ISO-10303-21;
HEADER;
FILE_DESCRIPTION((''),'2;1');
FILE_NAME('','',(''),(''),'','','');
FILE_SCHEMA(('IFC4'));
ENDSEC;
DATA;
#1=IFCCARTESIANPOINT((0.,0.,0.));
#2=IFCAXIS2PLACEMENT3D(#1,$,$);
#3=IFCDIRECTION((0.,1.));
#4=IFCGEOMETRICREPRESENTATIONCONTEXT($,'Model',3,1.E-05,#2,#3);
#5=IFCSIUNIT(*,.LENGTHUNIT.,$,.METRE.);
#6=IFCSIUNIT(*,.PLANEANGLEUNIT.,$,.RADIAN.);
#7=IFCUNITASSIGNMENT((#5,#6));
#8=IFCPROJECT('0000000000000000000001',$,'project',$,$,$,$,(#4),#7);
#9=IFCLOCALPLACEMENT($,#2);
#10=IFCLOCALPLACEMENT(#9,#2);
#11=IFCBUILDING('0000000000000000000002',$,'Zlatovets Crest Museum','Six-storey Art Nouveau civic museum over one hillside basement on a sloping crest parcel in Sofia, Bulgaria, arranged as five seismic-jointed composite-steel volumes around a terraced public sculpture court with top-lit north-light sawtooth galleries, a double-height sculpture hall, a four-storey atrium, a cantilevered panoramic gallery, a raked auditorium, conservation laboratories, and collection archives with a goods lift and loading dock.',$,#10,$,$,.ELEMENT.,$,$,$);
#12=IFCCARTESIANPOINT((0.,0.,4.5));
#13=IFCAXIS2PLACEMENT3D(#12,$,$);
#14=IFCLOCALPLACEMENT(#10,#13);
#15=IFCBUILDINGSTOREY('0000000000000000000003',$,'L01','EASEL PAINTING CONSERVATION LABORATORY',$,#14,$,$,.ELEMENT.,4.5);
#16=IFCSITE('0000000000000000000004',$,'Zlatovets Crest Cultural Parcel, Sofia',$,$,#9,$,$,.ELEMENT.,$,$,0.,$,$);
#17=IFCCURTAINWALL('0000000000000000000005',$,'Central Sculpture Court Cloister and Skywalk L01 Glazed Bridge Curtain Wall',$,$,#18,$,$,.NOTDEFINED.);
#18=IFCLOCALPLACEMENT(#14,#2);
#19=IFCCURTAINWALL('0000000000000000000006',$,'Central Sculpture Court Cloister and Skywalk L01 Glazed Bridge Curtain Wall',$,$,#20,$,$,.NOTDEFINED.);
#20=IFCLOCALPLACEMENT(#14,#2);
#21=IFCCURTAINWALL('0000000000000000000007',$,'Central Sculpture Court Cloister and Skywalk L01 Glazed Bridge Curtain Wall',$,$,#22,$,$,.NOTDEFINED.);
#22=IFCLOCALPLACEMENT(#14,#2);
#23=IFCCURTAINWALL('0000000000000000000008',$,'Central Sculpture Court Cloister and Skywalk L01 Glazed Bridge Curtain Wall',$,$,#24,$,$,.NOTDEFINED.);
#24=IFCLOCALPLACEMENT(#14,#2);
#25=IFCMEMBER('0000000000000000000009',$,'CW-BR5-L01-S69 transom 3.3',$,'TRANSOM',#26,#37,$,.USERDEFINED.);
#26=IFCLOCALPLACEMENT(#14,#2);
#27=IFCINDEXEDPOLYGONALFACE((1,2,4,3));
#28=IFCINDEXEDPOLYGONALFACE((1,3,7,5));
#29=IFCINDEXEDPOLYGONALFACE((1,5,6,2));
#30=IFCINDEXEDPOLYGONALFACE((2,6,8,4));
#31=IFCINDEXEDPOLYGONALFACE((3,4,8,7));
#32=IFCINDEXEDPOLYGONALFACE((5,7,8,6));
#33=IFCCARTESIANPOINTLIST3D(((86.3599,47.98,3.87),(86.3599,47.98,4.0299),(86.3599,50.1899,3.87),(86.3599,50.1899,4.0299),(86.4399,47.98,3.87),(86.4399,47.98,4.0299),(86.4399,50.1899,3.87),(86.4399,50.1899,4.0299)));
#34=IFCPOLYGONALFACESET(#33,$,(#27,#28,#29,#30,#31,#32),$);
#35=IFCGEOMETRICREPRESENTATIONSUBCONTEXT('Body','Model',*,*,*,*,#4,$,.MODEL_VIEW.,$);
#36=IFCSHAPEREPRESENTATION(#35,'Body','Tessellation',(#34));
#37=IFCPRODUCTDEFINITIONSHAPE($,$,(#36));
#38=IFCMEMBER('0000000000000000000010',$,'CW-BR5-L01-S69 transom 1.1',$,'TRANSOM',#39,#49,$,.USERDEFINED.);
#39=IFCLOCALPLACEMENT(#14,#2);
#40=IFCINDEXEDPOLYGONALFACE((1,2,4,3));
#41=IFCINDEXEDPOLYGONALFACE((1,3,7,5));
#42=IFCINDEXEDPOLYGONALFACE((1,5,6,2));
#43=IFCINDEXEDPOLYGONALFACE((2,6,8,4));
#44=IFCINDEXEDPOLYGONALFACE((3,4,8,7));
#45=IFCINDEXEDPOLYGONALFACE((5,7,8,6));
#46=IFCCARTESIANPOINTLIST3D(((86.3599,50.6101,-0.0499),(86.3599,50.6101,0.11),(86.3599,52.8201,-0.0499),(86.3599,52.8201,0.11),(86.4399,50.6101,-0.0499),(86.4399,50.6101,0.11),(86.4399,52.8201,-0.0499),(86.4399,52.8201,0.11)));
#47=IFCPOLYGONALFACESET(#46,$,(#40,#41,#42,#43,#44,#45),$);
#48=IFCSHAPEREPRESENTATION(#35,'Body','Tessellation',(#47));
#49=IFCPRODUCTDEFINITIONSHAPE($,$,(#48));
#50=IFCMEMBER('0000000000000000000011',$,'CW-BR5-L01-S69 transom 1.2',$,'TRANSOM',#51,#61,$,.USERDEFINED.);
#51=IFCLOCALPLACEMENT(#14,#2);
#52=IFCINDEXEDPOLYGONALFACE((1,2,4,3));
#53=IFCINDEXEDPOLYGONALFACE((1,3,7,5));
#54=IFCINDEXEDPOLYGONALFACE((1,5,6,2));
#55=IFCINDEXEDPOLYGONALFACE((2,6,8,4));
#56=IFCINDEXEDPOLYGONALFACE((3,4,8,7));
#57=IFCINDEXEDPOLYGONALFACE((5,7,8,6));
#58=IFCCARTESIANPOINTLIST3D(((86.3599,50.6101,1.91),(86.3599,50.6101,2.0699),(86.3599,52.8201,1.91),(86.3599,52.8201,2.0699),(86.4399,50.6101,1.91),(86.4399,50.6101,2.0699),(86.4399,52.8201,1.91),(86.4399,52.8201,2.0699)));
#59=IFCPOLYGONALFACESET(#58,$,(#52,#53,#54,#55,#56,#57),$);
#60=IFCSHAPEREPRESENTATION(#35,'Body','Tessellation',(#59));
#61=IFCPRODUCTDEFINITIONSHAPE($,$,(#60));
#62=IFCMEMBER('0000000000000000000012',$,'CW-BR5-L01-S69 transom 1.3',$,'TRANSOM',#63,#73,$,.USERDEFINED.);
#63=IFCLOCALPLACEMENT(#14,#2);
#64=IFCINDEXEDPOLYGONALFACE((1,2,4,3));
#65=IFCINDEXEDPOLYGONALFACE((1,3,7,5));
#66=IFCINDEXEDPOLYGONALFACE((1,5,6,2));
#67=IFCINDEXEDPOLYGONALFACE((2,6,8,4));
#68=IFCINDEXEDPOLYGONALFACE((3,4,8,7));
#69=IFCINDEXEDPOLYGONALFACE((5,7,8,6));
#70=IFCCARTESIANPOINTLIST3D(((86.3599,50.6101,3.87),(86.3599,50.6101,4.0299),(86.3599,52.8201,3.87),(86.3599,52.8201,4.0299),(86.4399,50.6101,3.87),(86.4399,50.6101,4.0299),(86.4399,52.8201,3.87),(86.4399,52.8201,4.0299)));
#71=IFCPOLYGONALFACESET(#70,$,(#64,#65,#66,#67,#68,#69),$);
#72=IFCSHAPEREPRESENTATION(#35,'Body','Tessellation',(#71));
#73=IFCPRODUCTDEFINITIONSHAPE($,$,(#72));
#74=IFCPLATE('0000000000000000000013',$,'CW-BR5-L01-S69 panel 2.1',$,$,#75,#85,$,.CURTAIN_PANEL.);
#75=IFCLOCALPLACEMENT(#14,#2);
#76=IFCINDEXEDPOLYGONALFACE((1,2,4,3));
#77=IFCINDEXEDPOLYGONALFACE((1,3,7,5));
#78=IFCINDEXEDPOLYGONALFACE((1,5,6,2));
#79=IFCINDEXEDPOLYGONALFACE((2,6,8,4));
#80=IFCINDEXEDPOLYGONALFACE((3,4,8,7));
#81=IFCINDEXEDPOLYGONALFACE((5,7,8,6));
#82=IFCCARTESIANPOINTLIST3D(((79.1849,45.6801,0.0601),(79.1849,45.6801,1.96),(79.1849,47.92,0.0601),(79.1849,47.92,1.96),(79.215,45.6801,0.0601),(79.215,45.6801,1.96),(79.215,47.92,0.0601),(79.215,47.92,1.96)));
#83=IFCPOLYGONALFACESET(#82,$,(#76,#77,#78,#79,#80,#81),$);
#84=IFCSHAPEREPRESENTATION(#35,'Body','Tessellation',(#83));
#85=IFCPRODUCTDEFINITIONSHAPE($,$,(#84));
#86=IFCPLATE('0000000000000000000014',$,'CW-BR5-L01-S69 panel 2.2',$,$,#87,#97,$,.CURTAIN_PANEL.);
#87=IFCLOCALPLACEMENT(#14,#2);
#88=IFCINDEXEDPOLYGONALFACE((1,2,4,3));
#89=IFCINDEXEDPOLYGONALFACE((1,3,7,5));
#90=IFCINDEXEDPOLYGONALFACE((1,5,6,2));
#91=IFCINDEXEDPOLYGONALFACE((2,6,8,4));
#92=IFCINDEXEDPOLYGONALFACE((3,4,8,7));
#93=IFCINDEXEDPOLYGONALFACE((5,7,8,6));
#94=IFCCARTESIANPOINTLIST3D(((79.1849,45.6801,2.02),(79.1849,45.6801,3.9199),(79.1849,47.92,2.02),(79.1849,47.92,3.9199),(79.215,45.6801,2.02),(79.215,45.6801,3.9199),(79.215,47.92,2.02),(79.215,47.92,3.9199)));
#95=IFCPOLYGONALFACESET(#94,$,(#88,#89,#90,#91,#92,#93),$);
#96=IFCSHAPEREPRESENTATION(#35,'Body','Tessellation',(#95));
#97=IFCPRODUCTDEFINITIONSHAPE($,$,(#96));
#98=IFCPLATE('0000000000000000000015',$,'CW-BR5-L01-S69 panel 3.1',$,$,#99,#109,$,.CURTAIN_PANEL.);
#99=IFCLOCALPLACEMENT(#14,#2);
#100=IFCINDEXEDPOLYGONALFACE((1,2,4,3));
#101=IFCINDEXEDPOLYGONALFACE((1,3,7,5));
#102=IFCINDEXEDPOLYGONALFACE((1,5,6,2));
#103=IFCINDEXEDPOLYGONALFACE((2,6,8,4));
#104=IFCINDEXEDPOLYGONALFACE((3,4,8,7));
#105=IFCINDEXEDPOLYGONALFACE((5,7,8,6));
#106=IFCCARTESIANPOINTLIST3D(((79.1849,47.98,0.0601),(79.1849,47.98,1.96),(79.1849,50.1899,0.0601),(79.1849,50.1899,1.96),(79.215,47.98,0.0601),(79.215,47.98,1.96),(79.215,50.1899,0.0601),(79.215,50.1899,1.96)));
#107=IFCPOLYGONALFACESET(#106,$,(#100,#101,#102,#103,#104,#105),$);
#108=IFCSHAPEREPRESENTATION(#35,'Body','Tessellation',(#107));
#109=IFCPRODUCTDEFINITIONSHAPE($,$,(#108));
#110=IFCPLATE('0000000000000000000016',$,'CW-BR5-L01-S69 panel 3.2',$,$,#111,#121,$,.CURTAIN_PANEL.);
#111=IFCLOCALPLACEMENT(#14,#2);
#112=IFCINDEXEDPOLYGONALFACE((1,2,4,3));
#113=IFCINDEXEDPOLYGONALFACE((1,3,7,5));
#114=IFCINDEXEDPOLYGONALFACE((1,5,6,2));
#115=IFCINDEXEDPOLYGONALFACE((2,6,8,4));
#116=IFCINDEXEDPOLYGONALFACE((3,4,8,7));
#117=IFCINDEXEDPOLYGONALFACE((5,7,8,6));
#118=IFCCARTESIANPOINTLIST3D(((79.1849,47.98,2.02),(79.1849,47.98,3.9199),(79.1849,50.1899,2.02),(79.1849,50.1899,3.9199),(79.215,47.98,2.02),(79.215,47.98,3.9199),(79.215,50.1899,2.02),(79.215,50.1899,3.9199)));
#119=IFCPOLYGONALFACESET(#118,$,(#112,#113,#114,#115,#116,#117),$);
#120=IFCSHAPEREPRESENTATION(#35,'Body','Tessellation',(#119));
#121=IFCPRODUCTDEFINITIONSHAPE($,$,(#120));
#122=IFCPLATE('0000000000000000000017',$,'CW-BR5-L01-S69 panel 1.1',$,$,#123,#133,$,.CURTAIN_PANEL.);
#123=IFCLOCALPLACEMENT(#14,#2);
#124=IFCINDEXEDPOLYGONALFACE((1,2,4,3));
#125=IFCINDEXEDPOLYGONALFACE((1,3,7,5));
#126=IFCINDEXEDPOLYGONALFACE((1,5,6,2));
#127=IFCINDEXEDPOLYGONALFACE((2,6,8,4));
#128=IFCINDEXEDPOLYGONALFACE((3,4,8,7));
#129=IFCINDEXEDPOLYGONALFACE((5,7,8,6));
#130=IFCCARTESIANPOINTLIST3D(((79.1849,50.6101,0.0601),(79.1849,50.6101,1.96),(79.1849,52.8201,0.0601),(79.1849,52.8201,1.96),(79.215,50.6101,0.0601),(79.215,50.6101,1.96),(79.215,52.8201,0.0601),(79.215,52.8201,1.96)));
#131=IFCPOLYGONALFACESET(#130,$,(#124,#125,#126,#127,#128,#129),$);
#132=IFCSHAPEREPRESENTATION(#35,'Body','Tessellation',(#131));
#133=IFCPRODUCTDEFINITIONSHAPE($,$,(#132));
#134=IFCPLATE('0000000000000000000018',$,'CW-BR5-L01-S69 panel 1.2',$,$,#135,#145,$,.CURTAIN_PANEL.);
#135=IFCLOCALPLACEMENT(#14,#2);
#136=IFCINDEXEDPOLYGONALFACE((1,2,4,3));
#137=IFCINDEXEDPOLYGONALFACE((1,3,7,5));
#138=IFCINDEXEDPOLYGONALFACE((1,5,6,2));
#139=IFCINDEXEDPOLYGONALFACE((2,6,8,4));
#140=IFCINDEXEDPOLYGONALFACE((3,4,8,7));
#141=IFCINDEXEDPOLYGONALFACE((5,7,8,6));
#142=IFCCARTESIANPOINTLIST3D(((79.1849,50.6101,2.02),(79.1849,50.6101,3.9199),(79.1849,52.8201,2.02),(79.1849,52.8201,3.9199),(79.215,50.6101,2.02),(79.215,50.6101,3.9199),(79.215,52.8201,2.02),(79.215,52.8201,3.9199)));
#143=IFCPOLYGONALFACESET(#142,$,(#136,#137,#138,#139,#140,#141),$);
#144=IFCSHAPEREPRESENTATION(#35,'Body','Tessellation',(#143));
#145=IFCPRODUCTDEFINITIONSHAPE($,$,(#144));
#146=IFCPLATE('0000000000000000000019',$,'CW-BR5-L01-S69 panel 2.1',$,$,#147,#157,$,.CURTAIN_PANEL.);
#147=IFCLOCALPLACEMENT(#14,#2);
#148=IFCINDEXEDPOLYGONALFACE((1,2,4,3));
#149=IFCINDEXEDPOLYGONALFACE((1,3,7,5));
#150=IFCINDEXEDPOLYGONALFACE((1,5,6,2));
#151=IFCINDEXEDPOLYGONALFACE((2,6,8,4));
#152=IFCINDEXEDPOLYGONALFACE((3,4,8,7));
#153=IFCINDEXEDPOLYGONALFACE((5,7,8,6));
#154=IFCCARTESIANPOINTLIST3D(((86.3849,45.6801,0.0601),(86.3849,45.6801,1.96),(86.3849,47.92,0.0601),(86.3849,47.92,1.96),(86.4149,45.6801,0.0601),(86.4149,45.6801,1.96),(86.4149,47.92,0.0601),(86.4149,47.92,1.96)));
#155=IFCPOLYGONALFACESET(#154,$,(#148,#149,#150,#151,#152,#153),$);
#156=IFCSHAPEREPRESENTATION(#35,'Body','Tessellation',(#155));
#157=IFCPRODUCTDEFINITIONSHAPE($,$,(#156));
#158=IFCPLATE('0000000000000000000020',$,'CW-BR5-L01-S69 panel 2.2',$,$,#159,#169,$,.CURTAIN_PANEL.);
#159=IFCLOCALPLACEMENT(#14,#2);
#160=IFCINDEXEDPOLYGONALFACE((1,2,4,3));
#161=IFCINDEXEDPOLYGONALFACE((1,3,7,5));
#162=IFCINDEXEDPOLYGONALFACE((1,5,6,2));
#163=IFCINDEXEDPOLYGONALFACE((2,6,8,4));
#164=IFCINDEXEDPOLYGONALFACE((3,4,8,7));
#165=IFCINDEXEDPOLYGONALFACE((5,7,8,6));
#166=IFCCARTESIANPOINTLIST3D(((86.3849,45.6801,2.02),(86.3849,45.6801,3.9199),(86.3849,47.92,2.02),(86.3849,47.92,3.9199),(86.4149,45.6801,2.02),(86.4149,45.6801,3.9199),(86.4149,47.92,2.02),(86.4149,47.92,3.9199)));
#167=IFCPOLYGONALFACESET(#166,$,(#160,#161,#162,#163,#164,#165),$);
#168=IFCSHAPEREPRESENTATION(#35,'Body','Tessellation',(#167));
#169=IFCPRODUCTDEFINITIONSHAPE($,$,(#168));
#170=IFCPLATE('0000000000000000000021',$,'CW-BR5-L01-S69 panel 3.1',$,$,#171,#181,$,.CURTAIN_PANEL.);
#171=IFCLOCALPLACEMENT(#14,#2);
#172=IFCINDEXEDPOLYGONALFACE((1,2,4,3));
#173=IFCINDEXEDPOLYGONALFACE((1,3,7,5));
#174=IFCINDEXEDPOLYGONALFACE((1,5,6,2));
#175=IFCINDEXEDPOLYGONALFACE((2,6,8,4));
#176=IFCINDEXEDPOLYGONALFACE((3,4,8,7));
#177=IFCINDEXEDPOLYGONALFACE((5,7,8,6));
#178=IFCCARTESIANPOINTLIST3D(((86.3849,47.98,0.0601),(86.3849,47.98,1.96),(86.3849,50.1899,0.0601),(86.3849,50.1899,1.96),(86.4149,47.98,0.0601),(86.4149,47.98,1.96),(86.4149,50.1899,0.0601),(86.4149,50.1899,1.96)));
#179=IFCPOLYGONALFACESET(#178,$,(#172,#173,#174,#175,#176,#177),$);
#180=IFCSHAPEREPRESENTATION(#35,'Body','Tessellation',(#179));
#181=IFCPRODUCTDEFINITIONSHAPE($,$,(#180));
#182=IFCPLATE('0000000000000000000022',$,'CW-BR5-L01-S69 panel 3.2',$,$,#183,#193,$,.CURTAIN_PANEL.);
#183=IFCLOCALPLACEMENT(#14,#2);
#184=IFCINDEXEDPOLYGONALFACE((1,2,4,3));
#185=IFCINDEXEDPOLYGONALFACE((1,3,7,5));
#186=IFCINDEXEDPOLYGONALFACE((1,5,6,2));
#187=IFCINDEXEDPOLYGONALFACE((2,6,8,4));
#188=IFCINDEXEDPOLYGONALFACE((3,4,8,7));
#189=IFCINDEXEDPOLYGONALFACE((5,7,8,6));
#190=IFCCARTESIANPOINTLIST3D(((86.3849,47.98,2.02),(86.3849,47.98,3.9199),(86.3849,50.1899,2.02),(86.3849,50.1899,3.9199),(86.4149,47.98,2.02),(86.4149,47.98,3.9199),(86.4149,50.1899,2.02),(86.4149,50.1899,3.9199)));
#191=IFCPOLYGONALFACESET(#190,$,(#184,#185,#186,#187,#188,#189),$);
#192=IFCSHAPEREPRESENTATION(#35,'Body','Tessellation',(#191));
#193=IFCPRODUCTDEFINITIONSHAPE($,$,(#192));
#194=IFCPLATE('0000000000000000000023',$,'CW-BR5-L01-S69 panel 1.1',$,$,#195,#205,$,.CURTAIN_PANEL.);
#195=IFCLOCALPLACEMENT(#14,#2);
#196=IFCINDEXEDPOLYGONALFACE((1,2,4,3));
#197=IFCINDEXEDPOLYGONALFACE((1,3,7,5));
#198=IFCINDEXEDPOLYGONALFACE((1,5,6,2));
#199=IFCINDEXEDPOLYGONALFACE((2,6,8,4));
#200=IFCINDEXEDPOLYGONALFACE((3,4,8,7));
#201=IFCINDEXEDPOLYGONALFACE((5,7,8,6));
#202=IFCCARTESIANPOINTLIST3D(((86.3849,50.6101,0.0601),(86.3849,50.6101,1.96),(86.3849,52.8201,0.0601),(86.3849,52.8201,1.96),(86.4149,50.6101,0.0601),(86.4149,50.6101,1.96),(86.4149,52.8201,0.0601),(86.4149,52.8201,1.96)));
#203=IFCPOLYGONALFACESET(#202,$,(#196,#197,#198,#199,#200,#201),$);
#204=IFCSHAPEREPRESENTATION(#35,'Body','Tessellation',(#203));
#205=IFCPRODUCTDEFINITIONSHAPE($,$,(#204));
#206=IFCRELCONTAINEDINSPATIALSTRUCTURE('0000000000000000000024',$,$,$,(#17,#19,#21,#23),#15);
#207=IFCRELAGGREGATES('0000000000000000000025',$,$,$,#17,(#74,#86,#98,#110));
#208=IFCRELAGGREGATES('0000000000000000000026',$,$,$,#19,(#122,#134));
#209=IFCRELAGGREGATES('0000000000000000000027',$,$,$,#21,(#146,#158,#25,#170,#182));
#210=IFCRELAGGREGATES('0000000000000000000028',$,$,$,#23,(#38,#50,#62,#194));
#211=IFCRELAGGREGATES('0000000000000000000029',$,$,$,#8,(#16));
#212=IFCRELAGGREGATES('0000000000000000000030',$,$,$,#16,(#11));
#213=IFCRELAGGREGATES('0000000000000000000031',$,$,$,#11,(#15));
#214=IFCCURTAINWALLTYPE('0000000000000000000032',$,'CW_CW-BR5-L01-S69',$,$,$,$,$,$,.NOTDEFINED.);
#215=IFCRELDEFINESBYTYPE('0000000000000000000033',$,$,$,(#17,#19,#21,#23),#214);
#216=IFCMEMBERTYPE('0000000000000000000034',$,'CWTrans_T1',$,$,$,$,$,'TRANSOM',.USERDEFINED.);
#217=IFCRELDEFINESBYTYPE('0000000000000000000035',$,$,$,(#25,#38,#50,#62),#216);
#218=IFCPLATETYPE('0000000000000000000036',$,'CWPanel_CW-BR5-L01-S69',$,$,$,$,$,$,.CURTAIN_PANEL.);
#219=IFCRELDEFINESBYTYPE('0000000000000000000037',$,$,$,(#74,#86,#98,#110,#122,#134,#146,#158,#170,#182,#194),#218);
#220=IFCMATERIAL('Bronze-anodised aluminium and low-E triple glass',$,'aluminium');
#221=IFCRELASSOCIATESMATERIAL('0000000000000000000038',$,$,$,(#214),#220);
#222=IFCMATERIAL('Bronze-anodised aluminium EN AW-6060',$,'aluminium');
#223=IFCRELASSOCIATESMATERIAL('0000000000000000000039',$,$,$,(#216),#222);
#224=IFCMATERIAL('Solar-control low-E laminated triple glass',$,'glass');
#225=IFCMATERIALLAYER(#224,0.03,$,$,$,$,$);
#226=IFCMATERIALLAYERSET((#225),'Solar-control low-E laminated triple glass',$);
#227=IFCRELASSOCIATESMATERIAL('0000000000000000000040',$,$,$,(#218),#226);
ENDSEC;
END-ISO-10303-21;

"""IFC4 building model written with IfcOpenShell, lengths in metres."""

from ifc_helpers import new_model, si_unit, direction, frame, origin, origin_2d, place, context, subcontext, project, spatial, rectangle, extrude, material, layer, layer_set, material_profile, profile_set, type_object, element, aggregate, save


model = new_model("IFC4")

# Units and contexts
model_context = context("Model", 3, precision=1e-05, world=origin(), true_north=direction((0.0, 1.0)))
body_context = subcontext(model_context, "Body", "Model", "MODEL_VIEW")
ifc_project = project(units=[si_unit("LENGTHUNIT", "METRE"), si_unit("PLANEANGLEUNIT", "RADIAN")], contexts=[model_context])

# Site, building, storey
site_placement = place(None, origin())
site = spatial("IfcSite", under=ifc_project, at=site_placement, Name="Zlatovets Crest Cultural Parcel, Sofia", CompositionType="ELEMENT", RefElevation=0.0)
building_placement = place(site_placement, origin())
building = spatial("IfcBuilding", under=site, at=building_placement, Name="Zlatovets Crest Museum", Description="Six-storey Art Nouveau civic museum over one hillside basement on a sloping crest parcel in Sofia, Bulgaria, arranged as five seismic-jointed composite-steel volumes around a terraced public sculpture court with top-lit north-light sawtooth galleries, a double-height sculpture hall, a four-storey atrium, a cantilevered panoramic gallery, a raked auditorium, conservation laboratories, and collection archives with a goods lift and loading dock.", CompositionType="ELEMENT")
storey_placement = place(building_placement, frame((0.0, 0.0, 4.5)))
storey = spatial("IfcBuildingStorey", under=building, at=storey_placement, Name="L01", Description="EASEL PAINTING CONSERVATION LABORATORY", CompositionType="ELEMENT", Elevation=4.5)

# Curtain walls
ifc_material_1 = material(Name="Bronze-anodised aluminium and low-E triple glass", Category="aluminium")
curtain_wall_type = type_object("IfcCurtainWallType", Name="CW_CW-BR5-L01-S69", PredefinedType="NOTDEFINED", material=ifc_material_1)
curtain_wall_1_placement = place(storey_placement, origin())
curtain_wall_1 = element("IfcCurtainWall", 1, at=curtain_wall_1_placement, inside=storey, type_object=curtain_wall_type, Name="Central Sculpture Court Cloister and Skywalk L01 Glazed Bridge Curtain Wall", PredefinedType="NOTDEFINED")
ifc_material_2 = material(Name="Bronze-anodised aluminium EN AW-6060", Category="aluminium")
curtain_wall_2_placement = place(storey_placement, origin())
curtain_wall_2 = element("IfcCurtainWall", 2, at=curtain_wall_2_placement, inside=storey, type_object=curtain_wall_type, Name="Central Sculpture Court Cloister and Skywalk L01 Glazed Bridge Curtain Wall", PredefinedType="NOTDEFINED")
curtain_wall_3_placement = place(storey_placement, origin())
curtain_wall_3 = element("IfcCurtainWall", 3, at=curtain_wall_3_placement, inside=storey, type_object=curtain_wall_type, Name="Central Sculpture Court Cloister and Skywalk L01 Glazed Bridge Curtain Wall", PredefinedType="NOTDEFINED")

# Curtain wall
curtain_wall_4_placement = place(storey_placement, origin())
curtain_wall_4 = element("IfcCurtainWall", 4, at=curtain_wall_4_placement, inside=storey, type_object=curtain_wall_type, Name="Central Sculpture Court Cloister and Skywalk L01 Glazed Bridge Curtain Wall", PredefinedType="NOTDEFINED")

# Members
ifc_material_profile_1 = material_profile(ifc_material_2, rectangle(XDim=0.0801, YDim=0.1599, at=origin_2d()), Name="ALU 80x160")
ifc_profile_set_1 = profile_set([ifc_material_profile_1], Name="Bronze-anodised aluminium EN AW-6060")
member_type_1 = type_object("IfcMemberType", Name="CWTrans_T1", ElementType="TRANSOM", PredefinedType="USERDEFINED", material=ifc_profile_set_1)
member_1_placement = place(storey_placement, frame((86.3999, 47.98, 3.95), z_axis=(0.0, 1.0, 0.0), x_axis=(-1.0, 0.0, 0.0)))
member_1 = element("IfcMember", 5, at=member_1_placement, type_object=member_type_1, Name="CW-BR5-L01-S69 transom 3.3", ObjectType="TRANSOM", PredefinedType="USERDEFINED", context=body_context, shape_type="SweptSolid", body=[
    extrude(rectangle(XDim=0.0801, YDim=0.1599, at=origin_2d()), origin(), (0.0, 0.0, 1.0), 2.21),
])
member_2_placement = place(storey_placement, frame((86.3999, 50.6101, 0.03), z_axis=(0.0, 1.0, 0.0), x_axis=(-1.0, 0.0, 0.0)))
member_2 = element("IfcMember", 6, at=member_2_placement, type_object=member_type_1, Name="CW-BR5-L01-S69 transom 1.1", ObjectType="TRANSOM", PredefinedType="USERDEFINED", context=body_context, shape_type="SweptSolid", body=[
    extrude(rectangle(XDim=0.0801, YDim=0.1599, at=origin_2d()), origin(), (0.0, 0.0, 1.0), 2.21),
])
member_3_placement = place(storey_placement, frame((86.3999, 50.6101, 1.99), z_axis=(0.0, 1.0, 0.0), x_axis=(-1.0, 0.0, 0.0)))
member_3 = element("IfcMember", 7, at=member_3_placement, type_object=member_type_1, Name="CW-BR5-L01-S69 transom 1.2", ObjectType="TRANSOM", PredefinedType="USERDEFINED", context=body_context, shape_type="SweptSolid", body=[
    extrude(rectangle(XDim=0.0801, YDim=0.1599, at=origin_2d()), origin(), (0.0, 0.0, 1.0), 2.21),
])
member_4_placement = place(storey_placement, frame((86.3999, 50.6101, 3.95), z_axis=(0.0, 1.0, 0.0), x_axis=(-1.0, 0.0, 0.0)))
member_4 = element("IfcMember", 8, at=member_4_placement, type_object=member_type_1, Name="CW-BR5-L01-S69 transom 1.3", ObjectType="TRANSOM", PredefinedType="USERDEFINED", context=body_context, shape_type="SweptSolid", body=[
    extrude(rectangle(XDim=0.0801, YDim=0.1599, at=origin_2d()), origin(), (0.0, 0.0, 1.0), 2.21),
])

# Plates
ifc_material_3 = material(Name="Solar-control low-E laminated triple glass", Category="glass")
ifc_layer = layer(ifc_material_3, 0.03)
ifc_layer_set = layer_set([ifc_layer], Name="Solar-control low-E laminated triple glass")
plate_type = type_object("IfcPlateType", Name="CWPanel_CW-BR5-L01-S69", PredefinedType="CURTAIN_PANEL", material=ifc_layer_set)
plate_1_placement = place(storey_placement, frame((79.2, 46.8, 0.0601), z_axis=(0.0, 0.0, 1.0), x_axis=(0.0, 1.0, 0.0)))
plate_1 = element("IfcPlate", 9, at=plate_1_placement, type_object=plate_type, Name="CW-BR5-L01-S69 panel 2.1", PredefinedType="CURTAIN_PANEL", context=body_context, shape_type="SweptSolid", body=[
    extrude(rectangle(XDim=2.24, YDim=0.03, at=origin_2d()), origin(), (0.0, 0.0, 1.0), 1.8999),
])
plate_2_placement = place(storey_placement, frame((79.2, 46.8, 2.02), z_axis=(0.0, 0.0, 1.0), x_axis=(0.0, 1.0, 0.0)))
plate_2 = element("IfcPlate", 10, at=plate_2_placement, type_object=plate_type, Name="CW-BR5-L01-S69 panel 2.2", PredefinedType="CURTAIN_PANEL", context=body_context, shape_type="SweptSolid", body=[
    extrude(rectangle(XDim=2.24, YDim=0.03, at=origin_2d()), origin(), (0.0, 0.0, 1.0), 1.8999),
])
plate_3_placement = place(storey_placement, frame((79.2, 49.085, 0.0601), z_axis=(0.0, 0.0, 1.0), x_axis=(0.0, 1.0, 0.0)))
plate_3 = element("IfcPlate", 11, at=plate_3_placement, type_object=plate_type, Name="CW-BR5-L01-S69 panel 3.1", PredefinedType="CURTAIN_PANEL", context=body_context, shape_type="SweptSolid", body=[
    extrude(rectangle(XDim=2.21, YDim=0.03, at=origin_2d()), origin(), (0.0, 0.0, 1.0), 1.8999),
])
plate_4_placement = place(storey_placement, frame((79.2, 49.085, 2.02), z_axis=(0.0, 0.0, 1.0), x_axis=(0.0, 1.0, 0.0)))
plate_4 = element("IfcPlate", 12, at=plate_4_placement, type_object=plate_type, Name="CW-BR5-L01-S69 panel 3.2", PredefinedType="CURTAIN_PANEL", context=body_context, shape_type="SweptSolid", body=[
    extrude(rectangle(XDim=2.21, YDim=0.03, at=origin_2d()), origin(), (0.0, 0.0, 1.0), 1.8999),
])
aggregate(curtain_wall_1, [plate_1, plate_2, plate_3, plate_4])
plate_5_placement = place(storey_placement, frame((79.2, 51.7151, 0.0601), z_axis=(0.0, 0.0, 1.0), x_axis=(0.0, 1.0, 0.0)))
plate_5 = element("IfcPlate", 13, at=plate_5_placement, type_object=plate_type, Name="CW-BR5-L01-S69 panel 1.1", PredefinedType="CURTAIN_PANEL", context=body_context, shape_type="SweptSolid", body=[
    extrude(rectangle(XDim=2.21, YDim=0.03, at=origin_2d()), origin(), (0.0, 0.0, 1.0), 1.8999),
])
plate_6_placement = place(storey_placement, frame((79.2, 51.7151, 2.02), z_axis=(0.0, 0.0, 1.0), x_axis=(0.0, 1.0, 0.0)))
plate_6 = element("IfcPlate", 14, at=plate_6_placement, type_object=plate_type, Name="CW-BR5-L01-S69 panel 1.2", PredefinedType="CURTAIN_PANEL", context=body_context, shape_type="SweptSolid", body=[
    extrude(rectangle(XDim=2.21, YDim=0.03, at=origin_2d()), origin(), (0.0, 0.0, 1.0), 1.8999),
])
aggregate(curtain_wall_2, [plate_5, plate_6])
plate_7_placement = place(storey_placement, frame((86.3999, 46.8, 0.0601), z_axis=(0.0, 0.0, 1.0), x_axis=(0.0, 1.0, 0.0)))
plate_7 = element("IfcPlate", 15, at=plate_7_placement, type_object=plate_type, Name="CW-BR5-L01-S69 panel 2.1", PredefinedType="CURTAIN_PANEL", context=body_context, shape_type="SweptSolid", body=[
    extrude(rectangle(XDim=2.24, YDim=0.03, at=origin_2d()), origin(), (0.0, 0.0, 1.0), 1.8999),
])
plate_8_placement = place(storey_placement, frame((86.3999, 46.8, 2.02), z_axis=(0.0, 0.0, 1.0), x_axis=(0.0, 1.0, 0.0)))
plate_8 = element("IfcPlate", 16, at=plate_8_placement, type_object=plate_type, Name="CW-BR5-L01-S69 panel 2.2", PredefinedType="CURTAIN_PANEL", context=body_context, shape_type="SweptSolid", body=[
    extrude(rectangle(XDim=2.24, YDim=0.03, at=origin_2d()), origin(), (0.0, 0.0, 1.0), 1.8999),
])
plate_9_placement = place(storey_placement, frame((86.3999, 49.085, 0.0601), z_axis=(0.0, 0.0, 1.0), x_axis=(0.0, 1.0, 0.0)))
plate_9 = element("IfcPlate", 17, at=plate_9_placement, type_object=plate_type, Name="CW-BR5-L01-S69 panel 3.1", PredefinedType="CURTAIN_PANEL", context=body_context, shape_type="SweptSolid", body=[
    extrude(rectangle(XDim=2.21, YDim=0.03, at=origin_2d()), origin(), (0.0, 0.0, 1.0), 1.8999),
])
plate_10_placement = place(storey_placement, frame((86.3999, 49.085, 2.02), z_axis=(0.0, 0.0, 1.0), x_axis=(0.0, 1.0, 0.0)))
plate_10 = element("IfcPlate", 18, at=plate_10_placement, type_object=plate_type, Name="CW-BR5-L01-S69 panel 3.2", PredefinedType="CURTAIN_PANEL", context=body_context, shape_type="SweptSolid", body=[
    extrude(rectangle(XDim=2.21, YDim=0.03, at=origin_2d()), origin(), (0.0, 0.0, 1.0), 1.8999),
])
aggregate(curtain_wall_3, [plate_7, plate_8, member_1, plate_9, plate_10])
plate_11_placement = place(storey_placement, frame((86.3999, 51.7151, 0.0601), z_axis=(0.0, 0.0, 1.0), x_axis=(0.0, 1.0, 0.0)))
plate_11 = element("IfcPlate", 19, at=plate_11_placement, type_object=plate_type, Name="CW-BR5-L01-S69 panel 1.1", PredefinedType="CURTAIN_PANEL", context=body_context, shape_type="SweptSolid", body=[
    extrude(rectangle(XDim=2.21, YDim=0.03, at=origin_2d()), origin(), (0.0, 0.0, 1.0), 1.8999),
])
aggregate(curtain_wall_4, [member_2, member_3, member_4, plate_11])

save(model, "model.ifc")
